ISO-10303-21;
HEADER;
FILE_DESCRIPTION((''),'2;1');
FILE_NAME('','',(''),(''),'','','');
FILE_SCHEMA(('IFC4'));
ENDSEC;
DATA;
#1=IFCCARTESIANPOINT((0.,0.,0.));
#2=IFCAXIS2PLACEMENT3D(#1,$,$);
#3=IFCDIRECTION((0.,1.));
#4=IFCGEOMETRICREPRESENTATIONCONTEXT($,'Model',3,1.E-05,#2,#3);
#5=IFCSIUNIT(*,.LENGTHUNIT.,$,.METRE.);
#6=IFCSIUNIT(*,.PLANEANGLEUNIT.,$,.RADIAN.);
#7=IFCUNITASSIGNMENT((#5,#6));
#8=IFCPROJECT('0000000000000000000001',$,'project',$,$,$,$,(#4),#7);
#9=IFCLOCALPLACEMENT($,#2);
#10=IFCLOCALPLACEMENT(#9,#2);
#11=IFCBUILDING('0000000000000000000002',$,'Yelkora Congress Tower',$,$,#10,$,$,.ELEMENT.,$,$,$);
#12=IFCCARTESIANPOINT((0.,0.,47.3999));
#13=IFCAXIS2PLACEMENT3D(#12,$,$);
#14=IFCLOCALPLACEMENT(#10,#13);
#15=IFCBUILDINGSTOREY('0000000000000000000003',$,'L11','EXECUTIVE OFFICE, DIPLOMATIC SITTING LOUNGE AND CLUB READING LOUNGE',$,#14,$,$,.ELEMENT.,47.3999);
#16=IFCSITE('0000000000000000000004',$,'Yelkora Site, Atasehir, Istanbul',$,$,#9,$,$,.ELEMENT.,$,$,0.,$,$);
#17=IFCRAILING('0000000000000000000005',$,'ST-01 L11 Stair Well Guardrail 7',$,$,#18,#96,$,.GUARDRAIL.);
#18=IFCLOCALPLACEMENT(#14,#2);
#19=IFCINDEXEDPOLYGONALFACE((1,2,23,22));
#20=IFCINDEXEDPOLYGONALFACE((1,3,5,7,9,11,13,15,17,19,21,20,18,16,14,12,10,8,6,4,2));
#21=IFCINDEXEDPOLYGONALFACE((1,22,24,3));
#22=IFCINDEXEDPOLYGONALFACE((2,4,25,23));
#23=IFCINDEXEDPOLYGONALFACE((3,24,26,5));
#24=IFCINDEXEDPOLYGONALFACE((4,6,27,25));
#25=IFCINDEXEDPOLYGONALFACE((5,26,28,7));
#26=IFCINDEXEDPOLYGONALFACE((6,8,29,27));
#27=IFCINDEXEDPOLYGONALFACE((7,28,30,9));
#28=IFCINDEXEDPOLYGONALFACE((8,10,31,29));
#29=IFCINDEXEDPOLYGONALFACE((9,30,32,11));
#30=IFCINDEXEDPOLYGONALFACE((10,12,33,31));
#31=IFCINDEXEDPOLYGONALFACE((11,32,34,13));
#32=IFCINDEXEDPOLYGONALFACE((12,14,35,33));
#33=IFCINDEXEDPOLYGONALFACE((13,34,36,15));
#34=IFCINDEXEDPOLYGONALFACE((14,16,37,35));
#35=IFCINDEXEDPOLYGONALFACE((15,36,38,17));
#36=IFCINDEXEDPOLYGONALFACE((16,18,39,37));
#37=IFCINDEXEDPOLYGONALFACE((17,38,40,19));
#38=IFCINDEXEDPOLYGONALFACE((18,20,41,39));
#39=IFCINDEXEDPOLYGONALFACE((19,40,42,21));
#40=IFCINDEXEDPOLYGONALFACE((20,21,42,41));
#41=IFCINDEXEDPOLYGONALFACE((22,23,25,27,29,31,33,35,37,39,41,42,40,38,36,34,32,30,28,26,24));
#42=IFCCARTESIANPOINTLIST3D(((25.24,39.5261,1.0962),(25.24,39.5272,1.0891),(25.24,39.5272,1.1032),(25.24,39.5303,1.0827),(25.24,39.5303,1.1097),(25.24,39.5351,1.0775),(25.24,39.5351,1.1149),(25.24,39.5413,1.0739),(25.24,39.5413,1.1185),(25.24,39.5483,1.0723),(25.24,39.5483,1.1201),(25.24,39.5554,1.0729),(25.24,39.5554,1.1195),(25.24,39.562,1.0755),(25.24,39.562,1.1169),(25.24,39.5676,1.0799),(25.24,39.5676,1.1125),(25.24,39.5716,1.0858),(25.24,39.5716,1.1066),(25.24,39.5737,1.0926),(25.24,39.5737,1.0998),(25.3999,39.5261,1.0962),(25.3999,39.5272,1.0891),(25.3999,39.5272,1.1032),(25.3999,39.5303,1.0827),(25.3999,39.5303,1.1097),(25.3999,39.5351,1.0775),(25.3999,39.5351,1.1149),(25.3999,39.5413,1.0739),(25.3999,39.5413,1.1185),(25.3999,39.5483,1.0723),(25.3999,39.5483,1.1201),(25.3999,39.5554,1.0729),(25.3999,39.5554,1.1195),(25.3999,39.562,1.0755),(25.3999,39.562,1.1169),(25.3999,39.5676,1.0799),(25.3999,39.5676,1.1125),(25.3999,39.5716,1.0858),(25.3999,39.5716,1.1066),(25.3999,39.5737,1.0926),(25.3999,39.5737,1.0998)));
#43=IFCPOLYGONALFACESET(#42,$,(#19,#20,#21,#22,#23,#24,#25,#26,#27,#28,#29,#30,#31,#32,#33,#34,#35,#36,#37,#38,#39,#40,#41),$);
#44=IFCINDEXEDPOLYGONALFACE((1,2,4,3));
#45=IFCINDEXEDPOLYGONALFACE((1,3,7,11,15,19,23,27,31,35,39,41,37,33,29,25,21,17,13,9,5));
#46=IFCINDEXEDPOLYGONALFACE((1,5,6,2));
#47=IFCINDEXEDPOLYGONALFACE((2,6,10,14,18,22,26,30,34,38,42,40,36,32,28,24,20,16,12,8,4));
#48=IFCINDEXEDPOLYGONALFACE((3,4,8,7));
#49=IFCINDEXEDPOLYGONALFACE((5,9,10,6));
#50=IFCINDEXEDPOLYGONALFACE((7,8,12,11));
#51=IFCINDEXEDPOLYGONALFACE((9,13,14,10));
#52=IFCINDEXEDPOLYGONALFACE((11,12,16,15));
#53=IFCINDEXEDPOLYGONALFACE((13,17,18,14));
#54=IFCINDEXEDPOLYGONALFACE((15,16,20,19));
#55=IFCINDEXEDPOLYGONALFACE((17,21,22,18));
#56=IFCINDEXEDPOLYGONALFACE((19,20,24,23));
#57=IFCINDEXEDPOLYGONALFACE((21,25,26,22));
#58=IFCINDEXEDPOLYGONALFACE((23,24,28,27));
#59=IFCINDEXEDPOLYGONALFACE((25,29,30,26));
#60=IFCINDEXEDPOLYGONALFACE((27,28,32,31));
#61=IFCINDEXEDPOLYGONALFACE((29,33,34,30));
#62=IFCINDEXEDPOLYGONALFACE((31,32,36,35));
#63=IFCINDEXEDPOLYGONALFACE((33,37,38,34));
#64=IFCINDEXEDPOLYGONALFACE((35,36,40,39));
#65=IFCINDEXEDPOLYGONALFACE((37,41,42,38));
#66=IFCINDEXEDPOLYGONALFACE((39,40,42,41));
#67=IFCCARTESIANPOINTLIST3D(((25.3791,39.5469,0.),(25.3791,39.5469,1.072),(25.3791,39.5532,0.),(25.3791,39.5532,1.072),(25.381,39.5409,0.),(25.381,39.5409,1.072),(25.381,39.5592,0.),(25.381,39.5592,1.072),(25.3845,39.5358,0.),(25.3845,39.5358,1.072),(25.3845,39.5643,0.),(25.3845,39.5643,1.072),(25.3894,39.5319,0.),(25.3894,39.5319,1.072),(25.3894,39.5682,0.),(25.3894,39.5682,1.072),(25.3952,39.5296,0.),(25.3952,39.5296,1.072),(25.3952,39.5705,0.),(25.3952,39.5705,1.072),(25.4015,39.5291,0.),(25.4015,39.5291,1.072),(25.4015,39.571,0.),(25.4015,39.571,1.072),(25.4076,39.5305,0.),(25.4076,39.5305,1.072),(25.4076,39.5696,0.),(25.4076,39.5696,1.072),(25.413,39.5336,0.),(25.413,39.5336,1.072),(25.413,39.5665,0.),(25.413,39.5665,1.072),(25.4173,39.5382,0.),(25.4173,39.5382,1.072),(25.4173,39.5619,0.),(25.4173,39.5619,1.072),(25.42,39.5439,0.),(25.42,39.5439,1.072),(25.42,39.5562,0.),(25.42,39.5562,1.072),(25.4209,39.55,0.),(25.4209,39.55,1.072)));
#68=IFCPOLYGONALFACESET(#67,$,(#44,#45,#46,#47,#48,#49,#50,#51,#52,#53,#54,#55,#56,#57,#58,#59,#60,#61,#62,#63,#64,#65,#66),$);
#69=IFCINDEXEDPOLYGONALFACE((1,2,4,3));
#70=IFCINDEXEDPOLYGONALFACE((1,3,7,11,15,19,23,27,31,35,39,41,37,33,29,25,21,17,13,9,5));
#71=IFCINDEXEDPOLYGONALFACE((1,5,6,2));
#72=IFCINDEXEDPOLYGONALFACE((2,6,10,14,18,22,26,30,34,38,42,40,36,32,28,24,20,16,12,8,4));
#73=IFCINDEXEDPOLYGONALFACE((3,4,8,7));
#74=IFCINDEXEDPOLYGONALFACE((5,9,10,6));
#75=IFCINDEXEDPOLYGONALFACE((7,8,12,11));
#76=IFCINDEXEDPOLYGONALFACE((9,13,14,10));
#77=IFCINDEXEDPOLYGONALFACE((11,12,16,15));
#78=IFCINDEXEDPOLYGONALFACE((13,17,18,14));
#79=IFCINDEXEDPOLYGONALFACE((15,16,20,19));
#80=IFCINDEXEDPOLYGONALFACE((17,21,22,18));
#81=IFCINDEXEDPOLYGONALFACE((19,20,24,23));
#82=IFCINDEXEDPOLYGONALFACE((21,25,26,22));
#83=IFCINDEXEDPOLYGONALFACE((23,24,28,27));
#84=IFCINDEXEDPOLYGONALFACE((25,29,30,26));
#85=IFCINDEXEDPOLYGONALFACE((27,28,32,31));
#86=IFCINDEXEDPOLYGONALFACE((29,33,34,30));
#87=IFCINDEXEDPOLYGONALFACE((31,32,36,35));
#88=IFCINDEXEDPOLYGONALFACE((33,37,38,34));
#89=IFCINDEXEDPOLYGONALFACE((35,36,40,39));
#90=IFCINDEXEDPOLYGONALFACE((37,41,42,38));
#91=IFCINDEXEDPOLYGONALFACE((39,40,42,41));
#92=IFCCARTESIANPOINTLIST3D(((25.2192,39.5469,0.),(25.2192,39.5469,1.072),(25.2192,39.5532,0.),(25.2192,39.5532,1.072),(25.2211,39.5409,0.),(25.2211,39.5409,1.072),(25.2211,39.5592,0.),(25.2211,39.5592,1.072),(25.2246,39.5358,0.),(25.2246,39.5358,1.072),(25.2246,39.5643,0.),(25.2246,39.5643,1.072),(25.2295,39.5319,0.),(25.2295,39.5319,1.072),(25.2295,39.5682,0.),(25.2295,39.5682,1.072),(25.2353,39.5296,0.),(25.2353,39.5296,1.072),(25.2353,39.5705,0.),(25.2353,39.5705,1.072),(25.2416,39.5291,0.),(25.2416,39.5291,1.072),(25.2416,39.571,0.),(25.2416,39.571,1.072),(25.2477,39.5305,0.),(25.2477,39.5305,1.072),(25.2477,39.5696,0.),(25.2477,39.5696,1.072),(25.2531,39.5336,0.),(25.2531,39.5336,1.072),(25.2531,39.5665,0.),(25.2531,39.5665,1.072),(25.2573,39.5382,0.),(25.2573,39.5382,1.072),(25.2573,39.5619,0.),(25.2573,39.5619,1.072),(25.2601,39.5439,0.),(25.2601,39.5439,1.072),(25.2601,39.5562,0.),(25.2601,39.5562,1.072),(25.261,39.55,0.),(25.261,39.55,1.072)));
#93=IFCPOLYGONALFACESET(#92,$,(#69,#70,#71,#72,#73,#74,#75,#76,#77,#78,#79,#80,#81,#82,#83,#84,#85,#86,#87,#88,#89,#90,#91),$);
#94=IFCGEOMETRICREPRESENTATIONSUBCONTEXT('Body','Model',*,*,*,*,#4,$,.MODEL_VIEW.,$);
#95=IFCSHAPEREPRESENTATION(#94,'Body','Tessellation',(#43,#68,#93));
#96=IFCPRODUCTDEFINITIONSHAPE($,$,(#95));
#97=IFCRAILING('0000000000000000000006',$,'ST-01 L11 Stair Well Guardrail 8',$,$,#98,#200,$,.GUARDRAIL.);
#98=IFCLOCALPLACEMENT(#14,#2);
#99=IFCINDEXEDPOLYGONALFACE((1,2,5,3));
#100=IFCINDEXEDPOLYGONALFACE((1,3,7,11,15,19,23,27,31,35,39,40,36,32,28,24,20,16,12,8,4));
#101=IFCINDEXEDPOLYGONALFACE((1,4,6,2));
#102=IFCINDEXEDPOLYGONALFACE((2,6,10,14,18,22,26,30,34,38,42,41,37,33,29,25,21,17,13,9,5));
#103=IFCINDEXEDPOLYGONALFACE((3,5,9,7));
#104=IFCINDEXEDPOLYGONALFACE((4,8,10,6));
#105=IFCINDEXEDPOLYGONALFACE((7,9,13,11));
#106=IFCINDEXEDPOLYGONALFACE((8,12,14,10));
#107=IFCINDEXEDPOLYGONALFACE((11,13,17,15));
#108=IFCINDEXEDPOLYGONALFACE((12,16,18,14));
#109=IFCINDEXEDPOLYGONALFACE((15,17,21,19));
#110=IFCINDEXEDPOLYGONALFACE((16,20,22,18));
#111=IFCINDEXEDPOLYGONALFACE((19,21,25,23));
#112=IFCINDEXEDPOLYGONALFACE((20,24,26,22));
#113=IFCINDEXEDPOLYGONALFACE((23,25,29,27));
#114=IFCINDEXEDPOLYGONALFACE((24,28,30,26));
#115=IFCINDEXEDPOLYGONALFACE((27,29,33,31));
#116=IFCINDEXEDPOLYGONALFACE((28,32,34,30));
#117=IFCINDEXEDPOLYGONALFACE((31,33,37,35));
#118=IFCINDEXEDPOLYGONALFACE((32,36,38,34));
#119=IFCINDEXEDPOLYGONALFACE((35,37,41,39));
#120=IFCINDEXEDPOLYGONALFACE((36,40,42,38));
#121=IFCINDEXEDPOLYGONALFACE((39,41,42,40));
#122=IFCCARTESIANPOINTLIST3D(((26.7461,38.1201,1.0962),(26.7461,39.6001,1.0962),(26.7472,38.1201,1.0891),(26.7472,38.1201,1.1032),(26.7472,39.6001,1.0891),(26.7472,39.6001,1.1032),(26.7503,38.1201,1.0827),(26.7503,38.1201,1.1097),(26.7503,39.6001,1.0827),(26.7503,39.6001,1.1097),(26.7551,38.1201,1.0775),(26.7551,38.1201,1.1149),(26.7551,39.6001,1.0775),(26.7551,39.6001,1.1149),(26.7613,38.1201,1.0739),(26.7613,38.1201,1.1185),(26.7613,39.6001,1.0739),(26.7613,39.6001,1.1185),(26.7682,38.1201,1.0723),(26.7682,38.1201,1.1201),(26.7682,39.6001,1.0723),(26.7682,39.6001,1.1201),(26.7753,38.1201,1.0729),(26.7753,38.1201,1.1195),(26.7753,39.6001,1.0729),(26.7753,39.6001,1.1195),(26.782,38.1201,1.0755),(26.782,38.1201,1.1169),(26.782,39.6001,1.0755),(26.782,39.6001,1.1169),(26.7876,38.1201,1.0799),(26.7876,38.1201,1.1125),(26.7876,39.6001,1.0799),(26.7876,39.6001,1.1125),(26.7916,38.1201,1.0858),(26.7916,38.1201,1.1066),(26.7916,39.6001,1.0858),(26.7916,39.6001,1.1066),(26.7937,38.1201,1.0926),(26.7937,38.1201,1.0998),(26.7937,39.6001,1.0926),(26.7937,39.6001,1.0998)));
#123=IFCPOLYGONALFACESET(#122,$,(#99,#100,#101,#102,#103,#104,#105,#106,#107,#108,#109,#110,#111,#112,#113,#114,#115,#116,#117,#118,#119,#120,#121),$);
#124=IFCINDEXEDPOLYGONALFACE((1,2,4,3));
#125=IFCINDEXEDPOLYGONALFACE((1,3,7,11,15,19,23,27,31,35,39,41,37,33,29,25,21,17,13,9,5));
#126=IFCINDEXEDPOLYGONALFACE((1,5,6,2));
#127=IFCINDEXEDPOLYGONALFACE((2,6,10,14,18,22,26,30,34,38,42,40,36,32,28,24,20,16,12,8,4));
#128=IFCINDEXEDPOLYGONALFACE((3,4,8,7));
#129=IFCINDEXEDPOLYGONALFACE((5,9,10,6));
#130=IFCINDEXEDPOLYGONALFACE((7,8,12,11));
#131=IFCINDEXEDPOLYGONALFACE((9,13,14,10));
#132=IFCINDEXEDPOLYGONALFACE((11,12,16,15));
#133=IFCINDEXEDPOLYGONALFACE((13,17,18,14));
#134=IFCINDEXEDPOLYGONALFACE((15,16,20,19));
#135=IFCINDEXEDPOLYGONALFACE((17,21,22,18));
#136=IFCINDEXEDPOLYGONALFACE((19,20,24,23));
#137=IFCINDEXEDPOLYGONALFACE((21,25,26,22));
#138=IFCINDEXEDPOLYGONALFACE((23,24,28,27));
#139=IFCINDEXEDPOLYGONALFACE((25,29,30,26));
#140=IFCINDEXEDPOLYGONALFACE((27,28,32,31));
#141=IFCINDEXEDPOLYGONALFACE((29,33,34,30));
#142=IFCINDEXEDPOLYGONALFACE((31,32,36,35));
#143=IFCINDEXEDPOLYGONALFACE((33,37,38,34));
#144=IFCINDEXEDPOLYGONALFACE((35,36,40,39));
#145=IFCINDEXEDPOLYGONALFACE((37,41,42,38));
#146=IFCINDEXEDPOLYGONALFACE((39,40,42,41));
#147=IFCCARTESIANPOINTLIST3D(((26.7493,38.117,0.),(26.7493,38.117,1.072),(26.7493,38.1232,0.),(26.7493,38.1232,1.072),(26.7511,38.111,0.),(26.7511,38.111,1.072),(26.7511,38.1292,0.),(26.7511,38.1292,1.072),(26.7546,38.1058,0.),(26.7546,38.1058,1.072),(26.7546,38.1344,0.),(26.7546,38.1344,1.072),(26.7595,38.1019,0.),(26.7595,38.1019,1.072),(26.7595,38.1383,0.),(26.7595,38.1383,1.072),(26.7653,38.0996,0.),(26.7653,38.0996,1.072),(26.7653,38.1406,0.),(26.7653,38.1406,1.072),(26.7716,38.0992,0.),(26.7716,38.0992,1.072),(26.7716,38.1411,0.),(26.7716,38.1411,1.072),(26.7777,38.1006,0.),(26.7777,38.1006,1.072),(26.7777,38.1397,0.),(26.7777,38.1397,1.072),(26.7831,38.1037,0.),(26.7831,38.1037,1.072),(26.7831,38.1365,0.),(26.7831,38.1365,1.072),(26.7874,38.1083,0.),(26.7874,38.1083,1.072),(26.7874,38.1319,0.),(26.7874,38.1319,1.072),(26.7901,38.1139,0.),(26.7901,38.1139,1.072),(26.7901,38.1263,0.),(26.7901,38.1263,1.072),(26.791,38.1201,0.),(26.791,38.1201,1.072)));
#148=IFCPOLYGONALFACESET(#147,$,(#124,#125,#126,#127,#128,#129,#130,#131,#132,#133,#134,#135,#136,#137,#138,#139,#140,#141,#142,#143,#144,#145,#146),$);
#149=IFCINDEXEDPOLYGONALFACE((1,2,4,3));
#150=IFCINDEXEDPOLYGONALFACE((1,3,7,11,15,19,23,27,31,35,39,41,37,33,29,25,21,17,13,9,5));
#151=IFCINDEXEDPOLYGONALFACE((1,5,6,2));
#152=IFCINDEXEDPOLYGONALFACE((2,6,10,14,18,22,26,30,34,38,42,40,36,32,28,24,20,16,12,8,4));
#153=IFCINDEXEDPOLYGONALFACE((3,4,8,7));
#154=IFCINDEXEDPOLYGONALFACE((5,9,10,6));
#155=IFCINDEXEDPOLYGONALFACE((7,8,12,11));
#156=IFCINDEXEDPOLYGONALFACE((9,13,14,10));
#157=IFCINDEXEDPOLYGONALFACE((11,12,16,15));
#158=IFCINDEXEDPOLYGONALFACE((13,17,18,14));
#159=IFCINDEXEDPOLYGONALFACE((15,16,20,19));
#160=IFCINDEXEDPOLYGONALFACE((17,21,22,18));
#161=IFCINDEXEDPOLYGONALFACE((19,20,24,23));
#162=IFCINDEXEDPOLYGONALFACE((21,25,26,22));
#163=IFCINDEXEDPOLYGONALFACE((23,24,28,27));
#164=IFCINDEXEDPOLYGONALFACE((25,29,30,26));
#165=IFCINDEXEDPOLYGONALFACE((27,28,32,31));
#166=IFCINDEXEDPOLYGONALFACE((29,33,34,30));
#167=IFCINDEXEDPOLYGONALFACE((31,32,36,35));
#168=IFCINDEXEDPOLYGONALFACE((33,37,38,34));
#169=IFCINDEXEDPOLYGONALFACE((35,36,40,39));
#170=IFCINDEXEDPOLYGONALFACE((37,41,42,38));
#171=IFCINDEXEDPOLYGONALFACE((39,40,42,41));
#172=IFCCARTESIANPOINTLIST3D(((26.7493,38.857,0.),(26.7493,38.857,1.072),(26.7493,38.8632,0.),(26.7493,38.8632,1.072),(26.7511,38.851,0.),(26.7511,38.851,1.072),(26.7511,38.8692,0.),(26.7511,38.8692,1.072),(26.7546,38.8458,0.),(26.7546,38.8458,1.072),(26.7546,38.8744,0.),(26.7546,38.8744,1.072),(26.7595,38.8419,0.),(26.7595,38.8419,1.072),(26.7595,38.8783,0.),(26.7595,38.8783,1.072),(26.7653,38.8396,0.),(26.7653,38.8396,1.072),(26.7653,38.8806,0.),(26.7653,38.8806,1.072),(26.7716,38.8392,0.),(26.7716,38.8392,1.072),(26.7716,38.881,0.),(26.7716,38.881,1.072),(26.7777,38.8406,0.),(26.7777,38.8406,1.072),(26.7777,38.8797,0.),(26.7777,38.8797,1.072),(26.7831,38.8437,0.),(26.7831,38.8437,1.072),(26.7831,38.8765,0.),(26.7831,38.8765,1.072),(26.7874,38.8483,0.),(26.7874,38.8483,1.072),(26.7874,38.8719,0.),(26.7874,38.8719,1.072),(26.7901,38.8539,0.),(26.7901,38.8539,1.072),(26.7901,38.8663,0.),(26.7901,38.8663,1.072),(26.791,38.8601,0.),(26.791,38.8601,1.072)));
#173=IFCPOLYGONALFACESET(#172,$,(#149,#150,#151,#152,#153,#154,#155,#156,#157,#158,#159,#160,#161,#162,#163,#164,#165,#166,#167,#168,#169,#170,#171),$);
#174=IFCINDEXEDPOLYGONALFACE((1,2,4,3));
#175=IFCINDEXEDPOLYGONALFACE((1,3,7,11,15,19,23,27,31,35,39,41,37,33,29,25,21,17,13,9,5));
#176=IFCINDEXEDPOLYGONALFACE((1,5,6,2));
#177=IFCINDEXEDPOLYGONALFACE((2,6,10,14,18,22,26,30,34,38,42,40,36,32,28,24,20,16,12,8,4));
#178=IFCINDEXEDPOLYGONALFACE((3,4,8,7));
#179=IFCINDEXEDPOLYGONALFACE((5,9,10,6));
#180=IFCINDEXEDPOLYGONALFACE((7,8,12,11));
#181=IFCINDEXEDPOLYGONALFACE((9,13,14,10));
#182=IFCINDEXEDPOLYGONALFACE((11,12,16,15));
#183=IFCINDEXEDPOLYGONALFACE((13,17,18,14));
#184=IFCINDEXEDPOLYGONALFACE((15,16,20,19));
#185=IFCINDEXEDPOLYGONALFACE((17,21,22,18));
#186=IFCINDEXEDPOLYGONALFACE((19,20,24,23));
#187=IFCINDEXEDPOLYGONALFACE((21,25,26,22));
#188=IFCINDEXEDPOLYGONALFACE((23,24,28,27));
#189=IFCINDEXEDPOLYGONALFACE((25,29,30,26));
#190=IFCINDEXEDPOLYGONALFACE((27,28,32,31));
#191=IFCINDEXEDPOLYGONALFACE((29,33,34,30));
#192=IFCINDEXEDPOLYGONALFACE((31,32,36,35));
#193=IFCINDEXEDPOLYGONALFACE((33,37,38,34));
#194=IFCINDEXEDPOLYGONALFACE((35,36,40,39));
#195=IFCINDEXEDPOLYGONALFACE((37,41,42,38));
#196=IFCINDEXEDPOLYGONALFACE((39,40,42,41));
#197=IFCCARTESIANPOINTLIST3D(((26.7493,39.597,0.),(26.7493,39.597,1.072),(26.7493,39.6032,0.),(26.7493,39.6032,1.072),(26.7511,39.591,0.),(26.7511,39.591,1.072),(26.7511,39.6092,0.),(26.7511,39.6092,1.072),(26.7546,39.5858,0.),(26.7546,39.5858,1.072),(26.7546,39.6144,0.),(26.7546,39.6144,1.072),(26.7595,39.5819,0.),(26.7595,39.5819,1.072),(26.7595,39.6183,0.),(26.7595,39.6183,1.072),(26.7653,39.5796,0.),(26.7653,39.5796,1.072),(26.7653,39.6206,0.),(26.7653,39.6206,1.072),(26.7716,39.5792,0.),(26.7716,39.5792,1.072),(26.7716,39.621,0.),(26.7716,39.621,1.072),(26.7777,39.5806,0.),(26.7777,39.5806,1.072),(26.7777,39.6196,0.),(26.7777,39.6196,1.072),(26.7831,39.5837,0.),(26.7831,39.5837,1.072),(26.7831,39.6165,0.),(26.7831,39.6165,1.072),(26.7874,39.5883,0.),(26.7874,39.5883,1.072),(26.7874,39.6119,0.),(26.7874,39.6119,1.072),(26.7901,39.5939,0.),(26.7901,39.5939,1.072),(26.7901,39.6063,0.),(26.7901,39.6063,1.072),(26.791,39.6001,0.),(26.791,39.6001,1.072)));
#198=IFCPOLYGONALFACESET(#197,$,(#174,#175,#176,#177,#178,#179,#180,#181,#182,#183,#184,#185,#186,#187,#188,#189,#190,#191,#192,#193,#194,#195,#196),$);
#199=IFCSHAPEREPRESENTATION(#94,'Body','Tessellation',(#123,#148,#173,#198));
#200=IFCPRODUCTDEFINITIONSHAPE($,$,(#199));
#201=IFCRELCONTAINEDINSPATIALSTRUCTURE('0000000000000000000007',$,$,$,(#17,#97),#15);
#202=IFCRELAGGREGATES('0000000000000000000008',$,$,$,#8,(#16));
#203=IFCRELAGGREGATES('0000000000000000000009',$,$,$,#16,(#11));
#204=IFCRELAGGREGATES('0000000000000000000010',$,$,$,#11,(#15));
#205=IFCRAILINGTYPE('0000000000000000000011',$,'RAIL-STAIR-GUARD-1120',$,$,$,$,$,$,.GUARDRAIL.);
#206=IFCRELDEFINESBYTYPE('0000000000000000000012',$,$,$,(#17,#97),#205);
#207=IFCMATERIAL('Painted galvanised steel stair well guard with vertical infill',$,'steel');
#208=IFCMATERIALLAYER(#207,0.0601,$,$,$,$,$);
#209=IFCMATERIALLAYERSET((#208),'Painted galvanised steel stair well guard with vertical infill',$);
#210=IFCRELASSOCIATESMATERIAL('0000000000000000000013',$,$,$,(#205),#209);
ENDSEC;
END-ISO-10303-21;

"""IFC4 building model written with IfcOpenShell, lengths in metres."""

from ifc_helpers import new_model, si_unit, direction, frame, origin, origin_2d, place, context, subcontext, project, spatial, circle, extrude, material, layer, layer_set, type_object, element, save


model = new_model("IFC4")

# Units and contexts
model_context = context("Model", 3, precision=1e-05, world=origin(), true_north=direction((0.0, 1.0)))
body_context = subcontext(model_context, "Body", "Model", "MODEL_VIEW")
ifc_project = project(units=[si_unit("LENGTHUNIT", "METRE"), si_unit("PLANEANGLEUNIT", "RADIAN")], contexts=[model_context])

# Site, building, storey
site_placement = place(None, origin())
site = spatial("IfcSite", under=ifc_project, at=site_placement, Name="Yelkora Site, Atasehir, Istanbul", CompositionType="ELEMENT", RefElevation=0.0)
building_placement = place(site_placement, origin())
building = spatial("IfcBuilding", under=site, at=building_placement, Name="Yelkora Congress Tower", CompositionType="ELEMENT")
storey_placement = place(building_placement, frame((0.0, 0.0, 47.3999)))
storey = spatial("IfcBuildingStorey", under=building, at=storey_placement, Name="L11", Description="EXECUTIVE OFFICE, DIPLOMATIC SITTING LOUNGE AND CLUB READING LOUNGE", CompositionType="ELEMENT", Elevation=47.3999)

# Railings
ifc_material_1 = material(Name="Painted galvanised steel stair well guard with vertical infill", Category="steel")
ifc_layer_1 = layer(ifc_material_1, 0.0601)
ifc_layer_set_1 = layer_set([ifc_layer_1], Name="Painted galvanised steel stair well guard with vertical infill")
railing_type_1 = type_object("IfcRailingType", Name="RAIL-STAIR-GUARD-1120", PredefinedType="GUARDRAIL", material=ifc_layer_set_1)
railing_1_placement = place(storey_placement, frame((25.3999, 39.55, 0.0)))
element("IfcRailing", 1, at=railing_1_placement, inside=storey, type_object=railing_type_1, Name="ST-01 L11 Stair Well Guardrail 7", PredefinedType="GUARDRAIL", context=body_context, shape_type="SweptSolid", body=[
    extrude(circle(Radius=0.0239, at=origin_2d()), frame((0.0, 0.0, 1.0962), z_axis=(-1.0, 0.0, 0.0), x_axis=(0.0, -1.0, 0.0)), (0.0, 0.0, 1.0), 0.1599),
    extrude(circle(Radius=0.021, at=origin_2d()), origin(), (0.0, 0.0, 1.0), 1.072),
    extrude(circle(Radius=0.021, at=origin_2d()), frame((-0.1599, 0.0, 0.0)), (0.0, 0.0, 1.0), 1.072),
])
for number, where, name in (
    (2, (26.77, 38.1201, 0.0), "ST-01 L11 Stair Well Guardrail 8"),
):
    element("IfcRailing", number, at=place(storey_placement, frame(where)), inside=storey, type_object=railing_type_1, Name=name, PredefinedType="GUARDRAIL", context=body_context, shape_type="SweptSolid", body=[
        extrude(circle(Radius=0.0239, at=origin_2d()), frame((0.0, 0.0, 1.0962), z_axis=(0.0, 1.0, 0.0), x_axis=(-1.0, 0.0, 0.0)), (0.0, 0.0, 1.0), 1.48),
        extrude(circle(Radius=0.021, at=origin_2d()), origin(), (0.0, 0.0, 1.0), 1.072),
        extrude(circle(Radius=0.021, at=origin_2d()), frame((0.0, 0.74, 0.0)), (0.0, 0.0, 1.0), 1.072),
        extrude(circle(Radius=0.021, at=origin_2d()), frame((0.0, 1.48, 0.0)), (0.0, 0.0, 1.0), 1.072),
    ])

save(model, "model.ifc")
